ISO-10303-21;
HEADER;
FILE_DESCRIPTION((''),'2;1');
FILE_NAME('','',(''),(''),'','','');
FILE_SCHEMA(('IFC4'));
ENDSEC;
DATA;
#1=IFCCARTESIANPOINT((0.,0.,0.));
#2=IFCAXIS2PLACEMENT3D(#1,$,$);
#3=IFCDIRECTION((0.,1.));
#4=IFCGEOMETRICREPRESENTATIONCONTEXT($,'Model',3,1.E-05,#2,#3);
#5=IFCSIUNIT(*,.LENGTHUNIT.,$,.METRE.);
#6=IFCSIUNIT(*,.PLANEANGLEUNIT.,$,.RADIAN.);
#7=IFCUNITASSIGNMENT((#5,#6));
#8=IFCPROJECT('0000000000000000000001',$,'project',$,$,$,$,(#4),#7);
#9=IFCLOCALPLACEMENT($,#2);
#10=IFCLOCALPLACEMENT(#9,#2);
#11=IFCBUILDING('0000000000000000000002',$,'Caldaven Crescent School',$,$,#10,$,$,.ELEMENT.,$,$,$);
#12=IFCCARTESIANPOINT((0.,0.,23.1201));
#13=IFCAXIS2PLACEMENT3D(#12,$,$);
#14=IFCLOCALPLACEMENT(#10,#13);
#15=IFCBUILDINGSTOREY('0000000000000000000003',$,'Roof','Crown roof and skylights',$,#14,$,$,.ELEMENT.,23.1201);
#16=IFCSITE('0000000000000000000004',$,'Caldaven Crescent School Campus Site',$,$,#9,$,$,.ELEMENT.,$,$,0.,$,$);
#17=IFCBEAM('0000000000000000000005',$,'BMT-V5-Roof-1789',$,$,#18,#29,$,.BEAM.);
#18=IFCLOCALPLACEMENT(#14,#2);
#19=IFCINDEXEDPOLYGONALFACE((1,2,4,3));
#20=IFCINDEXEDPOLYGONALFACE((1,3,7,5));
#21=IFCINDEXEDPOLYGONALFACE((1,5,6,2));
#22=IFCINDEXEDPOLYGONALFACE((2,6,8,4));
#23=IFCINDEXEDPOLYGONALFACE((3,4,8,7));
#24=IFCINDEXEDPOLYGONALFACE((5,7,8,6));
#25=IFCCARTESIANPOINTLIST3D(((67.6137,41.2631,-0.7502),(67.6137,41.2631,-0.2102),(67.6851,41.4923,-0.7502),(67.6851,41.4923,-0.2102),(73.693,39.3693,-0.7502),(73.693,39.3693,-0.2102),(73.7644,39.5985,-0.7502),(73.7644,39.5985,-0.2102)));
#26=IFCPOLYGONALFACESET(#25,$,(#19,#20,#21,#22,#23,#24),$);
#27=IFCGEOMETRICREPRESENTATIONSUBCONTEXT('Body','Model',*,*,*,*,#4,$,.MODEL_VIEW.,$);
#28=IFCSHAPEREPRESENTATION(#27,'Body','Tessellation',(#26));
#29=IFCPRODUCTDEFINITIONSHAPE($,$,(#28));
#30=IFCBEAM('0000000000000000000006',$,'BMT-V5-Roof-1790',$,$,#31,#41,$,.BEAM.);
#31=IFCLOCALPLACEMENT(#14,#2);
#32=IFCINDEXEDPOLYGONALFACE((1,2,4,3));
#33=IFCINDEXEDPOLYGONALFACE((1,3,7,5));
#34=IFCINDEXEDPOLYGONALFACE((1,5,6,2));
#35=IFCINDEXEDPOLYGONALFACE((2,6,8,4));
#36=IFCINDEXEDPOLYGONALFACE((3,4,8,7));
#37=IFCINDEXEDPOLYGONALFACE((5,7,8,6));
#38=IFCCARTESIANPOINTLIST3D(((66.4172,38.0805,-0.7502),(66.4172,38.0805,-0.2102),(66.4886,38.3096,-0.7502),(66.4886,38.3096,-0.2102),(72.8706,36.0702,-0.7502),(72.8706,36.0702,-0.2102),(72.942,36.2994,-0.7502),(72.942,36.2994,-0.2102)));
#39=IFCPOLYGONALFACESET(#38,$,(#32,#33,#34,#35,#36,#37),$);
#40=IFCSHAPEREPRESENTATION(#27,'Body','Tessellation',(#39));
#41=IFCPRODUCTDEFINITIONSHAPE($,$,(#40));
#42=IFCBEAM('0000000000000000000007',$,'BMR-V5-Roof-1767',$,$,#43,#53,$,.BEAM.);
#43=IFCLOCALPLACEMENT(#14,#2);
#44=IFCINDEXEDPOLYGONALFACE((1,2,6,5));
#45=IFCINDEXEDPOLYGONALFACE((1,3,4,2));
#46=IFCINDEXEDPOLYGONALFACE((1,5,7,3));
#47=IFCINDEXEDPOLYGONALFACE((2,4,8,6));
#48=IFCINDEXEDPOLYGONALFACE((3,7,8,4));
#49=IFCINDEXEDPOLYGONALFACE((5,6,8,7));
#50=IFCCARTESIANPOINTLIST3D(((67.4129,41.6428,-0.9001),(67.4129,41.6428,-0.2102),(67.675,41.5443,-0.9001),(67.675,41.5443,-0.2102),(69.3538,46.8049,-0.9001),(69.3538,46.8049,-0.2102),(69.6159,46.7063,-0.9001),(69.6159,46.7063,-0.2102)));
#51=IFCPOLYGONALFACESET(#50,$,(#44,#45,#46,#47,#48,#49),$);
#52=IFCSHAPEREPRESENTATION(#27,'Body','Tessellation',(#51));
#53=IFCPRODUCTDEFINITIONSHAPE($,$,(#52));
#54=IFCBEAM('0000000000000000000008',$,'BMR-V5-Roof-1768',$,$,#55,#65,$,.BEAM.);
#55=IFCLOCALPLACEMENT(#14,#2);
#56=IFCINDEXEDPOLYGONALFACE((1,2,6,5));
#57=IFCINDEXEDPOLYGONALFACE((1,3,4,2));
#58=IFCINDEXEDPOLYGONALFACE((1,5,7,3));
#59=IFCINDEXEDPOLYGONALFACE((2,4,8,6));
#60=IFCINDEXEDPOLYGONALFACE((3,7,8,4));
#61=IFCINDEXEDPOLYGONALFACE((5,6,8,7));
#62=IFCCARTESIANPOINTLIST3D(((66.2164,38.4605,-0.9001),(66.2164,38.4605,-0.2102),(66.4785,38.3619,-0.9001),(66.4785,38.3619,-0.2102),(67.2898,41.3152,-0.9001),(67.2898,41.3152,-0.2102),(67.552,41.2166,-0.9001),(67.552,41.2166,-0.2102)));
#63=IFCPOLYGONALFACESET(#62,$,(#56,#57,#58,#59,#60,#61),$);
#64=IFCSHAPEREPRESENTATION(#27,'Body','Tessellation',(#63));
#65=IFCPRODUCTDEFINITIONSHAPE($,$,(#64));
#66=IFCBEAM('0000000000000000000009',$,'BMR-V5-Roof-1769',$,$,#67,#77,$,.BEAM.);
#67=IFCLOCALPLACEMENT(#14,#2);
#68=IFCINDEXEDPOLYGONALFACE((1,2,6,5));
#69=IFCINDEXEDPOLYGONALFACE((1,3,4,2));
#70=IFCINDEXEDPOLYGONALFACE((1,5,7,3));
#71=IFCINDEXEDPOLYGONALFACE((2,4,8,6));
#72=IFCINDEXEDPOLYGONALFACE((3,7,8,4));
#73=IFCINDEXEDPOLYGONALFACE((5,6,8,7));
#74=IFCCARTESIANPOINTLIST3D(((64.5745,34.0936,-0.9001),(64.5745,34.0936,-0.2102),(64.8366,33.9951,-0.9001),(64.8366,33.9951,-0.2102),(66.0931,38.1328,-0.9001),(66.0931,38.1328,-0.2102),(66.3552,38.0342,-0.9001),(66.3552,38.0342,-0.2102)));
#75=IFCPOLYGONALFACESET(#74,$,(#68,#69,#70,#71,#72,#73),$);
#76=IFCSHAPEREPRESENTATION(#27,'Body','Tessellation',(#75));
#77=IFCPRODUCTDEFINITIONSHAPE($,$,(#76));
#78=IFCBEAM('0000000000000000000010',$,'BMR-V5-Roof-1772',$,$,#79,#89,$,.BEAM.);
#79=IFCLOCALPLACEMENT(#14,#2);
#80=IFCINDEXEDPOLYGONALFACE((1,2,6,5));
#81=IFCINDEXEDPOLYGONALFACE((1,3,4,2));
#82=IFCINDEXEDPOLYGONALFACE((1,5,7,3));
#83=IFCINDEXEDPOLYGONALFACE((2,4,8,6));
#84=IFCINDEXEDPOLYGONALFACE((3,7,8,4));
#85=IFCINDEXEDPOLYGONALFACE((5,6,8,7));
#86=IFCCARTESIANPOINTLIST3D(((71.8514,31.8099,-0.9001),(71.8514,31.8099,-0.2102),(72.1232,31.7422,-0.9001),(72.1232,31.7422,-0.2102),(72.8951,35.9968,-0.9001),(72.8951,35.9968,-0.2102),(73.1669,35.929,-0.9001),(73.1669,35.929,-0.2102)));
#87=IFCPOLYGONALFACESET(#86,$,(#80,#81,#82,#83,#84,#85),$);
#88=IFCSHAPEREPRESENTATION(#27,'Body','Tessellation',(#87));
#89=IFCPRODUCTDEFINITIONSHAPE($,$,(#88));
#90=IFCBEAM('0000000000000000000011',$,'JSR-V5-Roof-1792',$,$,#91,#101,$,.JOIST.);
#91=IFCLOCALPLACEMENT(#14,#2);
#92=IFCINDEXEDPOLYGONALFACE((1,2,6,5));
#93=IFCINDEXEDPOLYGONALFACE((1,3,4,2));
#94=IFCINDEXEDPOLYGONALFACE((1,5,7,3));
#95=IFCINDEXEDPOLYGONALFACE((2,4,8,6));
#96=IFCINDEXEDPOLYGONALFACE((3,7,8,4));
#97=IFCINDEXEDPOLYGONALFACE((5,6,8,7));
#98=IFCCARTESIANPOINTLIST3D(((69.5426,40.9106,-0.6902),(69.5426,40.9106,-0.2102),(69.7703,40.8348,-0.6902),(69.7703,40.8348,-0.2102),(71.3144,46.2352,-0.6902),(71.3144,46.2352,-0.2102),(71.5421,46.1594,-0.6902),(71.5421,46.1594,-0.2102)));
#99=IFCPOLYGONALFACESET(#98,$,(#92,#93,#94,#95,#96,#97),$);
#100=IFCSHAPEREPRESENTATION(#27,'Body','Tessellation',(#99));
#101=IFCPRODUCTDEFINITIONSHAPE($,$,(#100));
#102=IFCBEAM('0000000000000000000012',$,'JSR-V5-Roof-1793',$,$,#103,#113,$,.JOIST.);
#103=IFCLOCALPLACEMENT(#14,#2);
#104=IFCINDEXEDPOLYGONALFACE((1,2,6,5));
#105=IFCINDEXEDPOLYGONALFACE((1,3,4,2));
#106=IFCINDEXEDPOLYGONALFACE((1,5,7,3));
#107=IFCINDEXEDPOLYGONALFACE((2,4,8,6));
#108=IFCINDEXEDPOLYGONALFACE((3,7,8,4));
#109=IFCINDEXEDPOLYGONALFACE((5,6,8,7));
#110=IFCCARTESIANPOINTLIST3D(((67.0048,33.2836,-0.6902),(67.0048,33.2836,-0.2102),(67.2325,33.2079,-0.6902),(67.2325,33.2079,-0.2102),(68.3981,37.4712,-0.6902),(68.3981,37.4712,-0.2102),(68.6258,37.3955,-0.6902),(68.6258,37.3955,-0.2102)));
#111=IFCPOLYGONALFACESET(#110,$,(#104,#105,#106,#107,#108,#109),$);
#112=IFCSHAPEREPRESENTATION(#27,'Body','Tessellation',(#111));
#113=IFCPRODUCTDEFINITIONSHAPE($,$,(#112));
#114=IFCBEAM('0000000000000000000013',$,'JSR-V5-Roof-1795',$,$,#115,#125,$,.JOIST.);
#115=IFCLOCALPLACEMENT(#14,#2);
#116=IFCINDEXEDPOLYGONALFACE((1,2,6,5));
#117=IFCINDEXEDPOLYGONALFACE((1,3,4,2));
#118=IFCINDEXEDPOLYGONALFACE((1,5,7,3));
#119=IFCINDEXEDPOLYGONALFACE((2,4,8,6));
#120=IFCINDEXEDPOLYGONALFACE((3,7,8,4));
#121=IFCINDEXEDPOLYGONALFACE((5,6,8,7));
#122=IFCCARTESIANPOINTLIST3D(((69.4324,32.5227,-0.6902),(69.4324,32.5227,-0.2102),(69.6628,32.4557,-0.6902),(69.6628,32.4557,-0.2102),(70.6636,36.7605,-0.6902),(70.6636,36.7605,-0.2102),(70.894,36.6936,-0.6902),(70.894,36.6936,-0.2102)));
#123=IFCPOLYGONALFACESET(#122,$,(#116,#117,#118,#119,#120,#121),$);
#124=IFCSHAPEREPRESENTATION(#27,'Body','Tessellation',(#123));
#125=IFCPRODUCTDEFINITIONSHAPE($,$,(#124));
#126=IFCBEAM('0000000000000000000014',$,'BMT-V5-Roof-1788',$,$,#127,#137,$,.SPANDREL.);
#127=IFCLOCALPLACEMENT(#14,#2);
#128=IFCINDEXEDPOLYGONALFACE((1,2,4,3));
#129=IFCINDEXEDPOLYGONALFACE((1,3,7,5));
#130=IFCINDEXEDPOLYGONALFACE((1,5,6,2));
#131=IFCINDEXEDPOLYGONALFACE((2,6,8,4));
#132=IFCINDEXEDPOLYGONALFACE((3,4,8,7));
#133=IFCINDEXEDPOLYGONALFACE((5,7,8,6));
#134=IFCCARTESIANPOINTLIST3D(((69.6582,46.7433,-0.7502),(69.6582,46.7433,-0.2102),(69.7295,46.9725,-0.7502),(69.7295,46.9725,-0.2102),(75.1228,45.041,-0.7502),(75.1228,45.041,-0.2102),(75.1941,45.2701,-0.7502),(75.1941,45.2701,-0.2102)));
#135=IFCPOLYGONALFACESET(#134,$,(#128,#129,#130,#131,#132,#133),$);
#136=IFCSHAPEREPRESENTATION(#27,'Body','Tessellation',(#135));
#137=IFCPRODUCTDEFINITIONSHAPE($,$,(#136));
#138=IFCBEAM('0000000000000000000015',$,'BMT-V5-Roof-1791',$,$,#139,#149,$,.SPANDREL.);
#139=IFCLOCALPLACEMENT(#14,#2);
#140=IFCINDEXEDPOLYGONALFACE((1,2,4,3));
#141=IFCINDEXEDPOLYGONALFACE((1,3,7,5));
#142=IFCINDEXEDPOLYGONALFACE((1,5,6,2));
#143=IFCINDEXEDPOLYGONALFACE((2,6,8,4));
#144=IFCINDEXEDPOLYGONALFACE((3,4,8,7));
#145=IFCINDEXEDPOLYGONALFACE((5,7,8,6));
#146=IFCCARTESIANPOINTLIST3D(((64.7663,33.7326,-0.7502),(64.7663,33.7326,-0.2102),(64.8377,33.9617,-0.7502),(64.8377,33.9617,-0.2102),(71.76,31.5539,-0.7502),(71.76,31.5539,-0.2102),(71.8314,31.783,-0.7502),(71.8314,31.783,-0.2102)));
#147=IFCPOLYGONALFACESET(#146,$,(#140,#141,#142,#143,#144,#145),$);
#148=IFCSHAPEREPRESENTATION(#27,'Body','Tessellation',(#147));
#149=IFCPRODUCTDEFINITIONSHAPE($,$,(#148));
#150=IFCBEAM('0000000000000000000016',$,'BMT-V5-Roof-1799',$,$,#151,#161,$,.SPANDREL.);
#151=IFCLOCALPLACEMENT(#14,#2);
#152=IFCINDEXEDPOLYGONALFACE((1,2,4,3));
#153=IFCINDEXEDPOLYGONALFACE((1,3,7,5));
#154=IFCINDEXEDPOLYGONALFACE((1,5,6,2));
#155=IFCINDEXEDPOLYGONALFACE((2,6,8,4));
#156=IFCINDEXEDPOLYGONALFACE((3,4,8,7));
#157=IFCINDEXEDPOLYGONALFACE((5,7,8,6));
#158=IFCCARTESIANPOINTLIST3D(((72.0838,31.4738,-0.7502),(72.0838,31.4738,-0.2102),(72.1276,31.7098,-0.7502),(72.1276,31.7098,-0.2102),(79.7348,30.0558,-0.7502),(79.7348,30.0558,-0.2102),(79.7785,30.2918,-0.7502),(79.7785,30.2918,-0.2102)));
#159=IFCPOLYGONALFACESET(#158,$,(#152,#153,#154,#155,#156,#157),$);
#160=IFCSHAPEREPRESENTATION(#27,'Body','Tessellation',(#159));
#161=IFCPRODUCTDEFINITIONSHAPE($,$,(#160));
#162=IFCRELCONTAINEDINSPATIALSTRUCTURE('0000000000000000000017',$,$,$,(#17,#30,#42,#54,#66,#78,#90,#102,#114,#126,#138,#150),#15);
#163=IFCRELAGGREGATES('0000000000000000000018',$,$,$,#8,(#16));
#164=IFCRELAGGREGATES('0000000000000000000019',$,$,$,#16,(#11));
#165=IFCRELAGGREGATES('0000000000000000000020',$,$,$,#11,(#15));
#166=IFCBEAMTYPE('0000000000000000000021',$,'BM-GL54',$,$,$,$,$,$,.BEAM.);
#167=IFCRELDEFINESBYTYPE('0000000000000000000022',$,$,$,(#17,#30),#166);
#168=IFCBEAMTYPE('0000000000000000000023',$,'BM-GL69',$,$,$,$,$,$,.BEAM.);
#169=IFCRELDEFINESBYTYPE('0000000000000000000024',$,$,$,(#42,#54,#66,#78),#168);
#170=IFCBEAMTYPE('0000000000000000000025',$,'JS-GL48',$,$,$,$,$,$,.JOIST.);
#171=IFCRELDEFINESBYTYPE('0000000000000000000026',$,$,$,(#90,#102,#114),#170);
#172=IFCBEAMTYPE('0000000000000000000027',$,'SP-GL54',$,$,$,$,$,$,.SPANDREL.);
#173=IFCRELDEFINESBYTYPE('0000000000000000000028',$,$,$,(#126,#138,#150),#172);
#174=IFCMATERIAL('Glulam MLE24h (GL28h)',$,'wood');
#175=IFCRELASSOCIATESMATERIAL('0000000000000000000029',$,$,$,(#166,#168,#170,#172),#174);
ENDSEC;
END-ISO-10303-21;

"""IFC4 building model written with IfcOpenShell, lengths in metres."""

from ifc_helpers import new_model, si_unit, direction, frame, origin, origin_2d, place, context, subcontext, project, spatial, rectangle, extrude, material, material_profile, profile_set, type_object, element, save


model = new_model("IFC4")

# Units and contexts
model_context = context("Model", 3, precision=1e-05, world=origin(), true_north=direction((0.0, 1.0)))
body_context = subcontext(model_context, "Body", "Model", "MODEL_VIEW")
ifc_project = project(units=[si_unit("LENGTHUNIT", "METRE"), si_unit("PLANEANGLEUNIT", "RADIAN")], contexts=[model_context])

# Site, building, storey
site_placement = place(None, origin())
site = spatial("IfcSite", under=ifc_project, at=site_placement, Name="Caldaven Crescent School Campus Site", CompositionType="ELEMENT", RefElevation=0.0)
building_placement = place(site_placement, origin())
building = spatial("IfcBuilding", under=site, at=building_placement, Name="Caldaven Crescent School", CompositionType="ELEMENT")
storey_placement = place(building_placement, frame((0.0, 0.0, 23.1201)))
storey = spatial("IfcBuildingStorey", under=building, at=storey_placement, Name="Roof", Description="Crown roof and skylights", CompositionType="ELEMENT", Elevation=23.1201)

# Beams
ifc_material_1 = material(Name="Glulam MLE24h (GL28h)", Category="wood")
ifc_material_profile_1 = material_profile(ifc_material_1, rectangle(XDim=0.24, YDim=0.54, at=origin_2d()), Name="MLE 240x540")
ifc_profile_set_1 = profile_set([ifc_material_profile_1], Name="Glulam MLE24h (GL28h)")
beam_type_1 = type_object("IfcBeamType", Name="BM-GL54", PredefinedType="BEAM", material=ifc_profile_set_1)
beam_1_placement = place(storey_placement, frame((67.6494, 41.3777, -0.4802), z_axis=(0.954748, -0.297417, 0.0), x_axis=(0.297417, 0.954748, 0.0)))
element("IfcBeam", 1, at=beam_1_placement, inside=storey, type_object=beam_type_1, Name="BMT-V5-Roof-1789", PredefinedType="BEAM", context=body_context, shape_type="SweptSolid", body=[
    extrude(rectangle(XDim=0.24, YDim=0.54, at=origin_2d()), origin(), (0.0, 0.0, 1.0), 6.3674),
])
beam_2_placement = place(storey_placement, frame((66.4529, 38.1951, -0.4802), z_axis=(0.95475, -0.297409, 0.0), x_axis=(0.297409, 0.95475, 0.0)))
element("IfcBeam", 2, at=beam_2_placement, inside=storey, type_object=beam_type_1, Name="BMT-V5-Roof-1790", PredefinedType="BEAM", context=body_context, shape_type="SweptSolid", body=[
    extrude(rectangle(XDim=0.24, YDim=0.54, at=origin_2d()), origin(), (0.0, 0.0, 1.0), 6.7593),
])
ifc_material_profile_2 = material_profile(ifc_material_1, rectangle(XDim=0.28, YDim=0.6899, at=origin_2d()), Name="MLE 280x690")
ifc_profile_set_2 = profile_set([ifc_material_profile_2], Name="Glulam MLE24h (GL28h)")
beam_type_2 = type_object("IfcBeamType", Name="BM-GL69", PredefinedType="BEAM", material=ifc_profile_set_2)
beam_3_placement = place(storey_placement, frame((69.4849, 46.7556, -0.5552), z_axis=(-0.351938, -0.936023, 0.0), x_axis=(0.936023, -0.351938, 0.0)))
element("IfcBeam", 3, at=beam_3_placement, inside=storey, type_object=beam_type_2, Name="BMR-V5-Roof-1767", PredefinedType="BEAM", context=body_context, shape_type="SweptSolid", body=[
    extrude(rectangle(XDim=0.28, YDim=0.6899, at=origin_2d()), origin(), (0.0, 0.0, 1.0), 5.5149),
])
beam_4_placement = place(storey_placement, frame((67.4209, 41.2659, -0.5552), z_axis=(-0.351974, -0.93601, 0.0), x_axis=(0.93601, -0.351974, 0.0)))
element("IfcBeam", 4, at=beam_4_placement, inside=storey, type_object=beam_type_2, Name="BMR-V5-Roof-1768", PredefinedType="BEAM", context=body_context, shape_type="SweptSolid", body=[
    extrude(rectangle(XDim=0.28, YDim=0.6899, at=origin_2d()), origin(), (0.0, 0.0, 1.0), 3.0498),
])
beam_5_placement = place(storey_placement, frame((66.2241, 38.0835, -0.5552), z_axis=(-0.351917, -0.936031, 0.0), x_axis=(0.936031, -0.351917, 0.0)))
element("IfcBeam", 5, at=beam_5_placement, inside=storey, type_object=beam_type_2, Name="BMR-V5-Roof-1769", PredefinedType="BEAM", context=body_context, shape_type="SweptSolid", body=[
    extrude(rectangle(XDim=0.28, YDim=0.6899, at=origin_2d()), origin(), (0.0, 0.0, 1.0), 4.3152),
])
beam_6_placement = place(storey_placement, frame((73.031, 35.9629, -0.5552), z_axis=(-0.241883, -0.970305, 0.0), x_axis=(0.970305, -0.241883, 0.0)))
element("IfcBeam", 6, at=beam_6_placement, inside=storey, type_object=beam_type_2, Name="BMR-V5-Roof-1772", PredefinedType="BEAM", context=body_context, shape_type="SweptSolid", body=[
    extrude(rectangle(XDim=0.28, YDim=0.6899, at=origin_2d()), origin(), (0.0, 0.0, 1.0), 4.3149),
])
ifc_material_profile_3 = material_profile(ifc_material_1, rectangle(XDim=0.24, YDim=0.48, at=origin_2d()), Name="MLE 240x480")
ifc_profile_set_3 = profile_set([ifc_material_profile_3], Name="Glulam MLE24h (GL28h)")
beam_type_3 = type_object("IfcBeamType", Name="JS-GL48", PredefinedType="JOIST", material=ifc_profile_set_3)
beam_7_placement = place(storey_placement, frame((71.4282, 46.1973, -0.4502), z_axis=(-0.315732, -0.948848, 0.0), x_axis=(0.948848, -0.315732, 0.0)))
element("IfcBeam", 7, at=beam_7_placement, inside=storey, type_object=beam_type_3, Name="JSR-V5-Roof-1792", PredefinedType="JOIST", context=body_context, shape_type="SweptSolid", body=[
    extrude(rectangle(XDim=0.24, YDim=0.48, at=origin_2d()), origin(), (0.0, 0.0, 1.0), 5.6116),
])
beam_8_placement = place(storey_placement, frame((68.512, 37.4333, -0.4502), z_axis=(-0.315713, -0.948855, 0.0), x_axis=(0.948855, -0.315713, 0.0)))
element("IfcBeam", 8, at=beam_8_placement, inside=storey, type_object=beam_type_3, Name="JSR-V5-Roof-1793", PredefinedType="JOIST", context=body_context, shape_type="SweptSolid", body=[
    extrude(rectangle(XDim=0.24, YDim=0.48, at=origin_2d()), origin(), (0.0, 0.0, 1.0), 4.4133),
])
beam_9_placement = place(storey_placement, frame((70.7788, 36.7271, -0.4502), z_axis=(-0.278993, -0.960293, 0.0), x_axis=(0.960293, -0.278993, 0.0)))
element("IfcBeam", 9, at=beam_9_placement, inside=storey, type_object=beam_type_3, Name="JSR-V5-Roof-1795", PredefinedType="JOIST", context=body_context, shape_type="SweptSolid", body=[
    extrude(rectangle(XDim=0.24, YDim=0.48, at=origin_2d()), origin(), (0.0, 0.0, 1.0), 4.4131),
])
ifc_material_profile_4 = material_profile(ifc_material_1, rectangle(XDim=0.24, YDim=0.54, at=origin_2d()), Name="MLE 240x540")
ifc_profile_set_4 = profile_set([ifc_material_profile_4], Name="Glulam MLE24h (GL28h)")
beam_type_4 = type_object("IfcBeamType", Name="SP-GL54", PredefinedType="SPANDREL", material=ifc_profile_set_4)
beam_10_placement = place(storey_placement, frame((69.6938, 46.8579, -0.4802), z_axis=(0.954743, -0.297432, 0.0), x_axis=(0.297432, 0.954743, 0.0)))
element("IfcBeam", 10, at=beam_10_placement, inside=storey, type_object=beam_type_4, Name="BMT-V5-Roof-1788", PredefinedType="SPANDREL", context=body_context, shape_type="SweptSolid", body=[
    extrude(rectangle(XDim=0.24, YDim=0.54, at=origin_2d()), origin(), (0.0, 0.0, 1.0), 5.7236),
])
beam_11_placement = place(storey_placement, frame((64.802, 33.8472, -0.4802), z_axis=(0.954744, -0.297428, 0.0), x_axis=(0.297428, 0.954744, 0.0)))
element("IfcBeam", 11, at=beam_11_placement, inside=storey, type_object=beam_type_4, Name="BMT-V5-Roof-1791", PredefinedType="SPANDREL", context=body_context, shape_type="SweptSolid", body=[
    extrude(rectangle(XDim=0.24, YDim=0.54, at=origin_2d()), origin(), (0.0, 0.0, 1.0), 7.3252),
])
beam_12_placement = place(storey_placement, frame((72.1057, 31.5918, -0.4802), z_axis=(0.983256, -0.182231, 0.0), x_axis=(0.182231, 0.983256, 0.0)))
element("IfcBeam", 12, at=beam_12_placement, inside=storey, type_object=beam_type_4, Name="BMT-V5-Roof-1799", PredefinedType="SPANDREL", context=body_context, shape_type="SweptSolid", body=[
    extrude(rectangle(XDim=0.24, YDim=0.54, at=origin_2d()), origin(), (0.0, 0.0, 1.0), 7.7812),
])

save(model, "model.ifc")
